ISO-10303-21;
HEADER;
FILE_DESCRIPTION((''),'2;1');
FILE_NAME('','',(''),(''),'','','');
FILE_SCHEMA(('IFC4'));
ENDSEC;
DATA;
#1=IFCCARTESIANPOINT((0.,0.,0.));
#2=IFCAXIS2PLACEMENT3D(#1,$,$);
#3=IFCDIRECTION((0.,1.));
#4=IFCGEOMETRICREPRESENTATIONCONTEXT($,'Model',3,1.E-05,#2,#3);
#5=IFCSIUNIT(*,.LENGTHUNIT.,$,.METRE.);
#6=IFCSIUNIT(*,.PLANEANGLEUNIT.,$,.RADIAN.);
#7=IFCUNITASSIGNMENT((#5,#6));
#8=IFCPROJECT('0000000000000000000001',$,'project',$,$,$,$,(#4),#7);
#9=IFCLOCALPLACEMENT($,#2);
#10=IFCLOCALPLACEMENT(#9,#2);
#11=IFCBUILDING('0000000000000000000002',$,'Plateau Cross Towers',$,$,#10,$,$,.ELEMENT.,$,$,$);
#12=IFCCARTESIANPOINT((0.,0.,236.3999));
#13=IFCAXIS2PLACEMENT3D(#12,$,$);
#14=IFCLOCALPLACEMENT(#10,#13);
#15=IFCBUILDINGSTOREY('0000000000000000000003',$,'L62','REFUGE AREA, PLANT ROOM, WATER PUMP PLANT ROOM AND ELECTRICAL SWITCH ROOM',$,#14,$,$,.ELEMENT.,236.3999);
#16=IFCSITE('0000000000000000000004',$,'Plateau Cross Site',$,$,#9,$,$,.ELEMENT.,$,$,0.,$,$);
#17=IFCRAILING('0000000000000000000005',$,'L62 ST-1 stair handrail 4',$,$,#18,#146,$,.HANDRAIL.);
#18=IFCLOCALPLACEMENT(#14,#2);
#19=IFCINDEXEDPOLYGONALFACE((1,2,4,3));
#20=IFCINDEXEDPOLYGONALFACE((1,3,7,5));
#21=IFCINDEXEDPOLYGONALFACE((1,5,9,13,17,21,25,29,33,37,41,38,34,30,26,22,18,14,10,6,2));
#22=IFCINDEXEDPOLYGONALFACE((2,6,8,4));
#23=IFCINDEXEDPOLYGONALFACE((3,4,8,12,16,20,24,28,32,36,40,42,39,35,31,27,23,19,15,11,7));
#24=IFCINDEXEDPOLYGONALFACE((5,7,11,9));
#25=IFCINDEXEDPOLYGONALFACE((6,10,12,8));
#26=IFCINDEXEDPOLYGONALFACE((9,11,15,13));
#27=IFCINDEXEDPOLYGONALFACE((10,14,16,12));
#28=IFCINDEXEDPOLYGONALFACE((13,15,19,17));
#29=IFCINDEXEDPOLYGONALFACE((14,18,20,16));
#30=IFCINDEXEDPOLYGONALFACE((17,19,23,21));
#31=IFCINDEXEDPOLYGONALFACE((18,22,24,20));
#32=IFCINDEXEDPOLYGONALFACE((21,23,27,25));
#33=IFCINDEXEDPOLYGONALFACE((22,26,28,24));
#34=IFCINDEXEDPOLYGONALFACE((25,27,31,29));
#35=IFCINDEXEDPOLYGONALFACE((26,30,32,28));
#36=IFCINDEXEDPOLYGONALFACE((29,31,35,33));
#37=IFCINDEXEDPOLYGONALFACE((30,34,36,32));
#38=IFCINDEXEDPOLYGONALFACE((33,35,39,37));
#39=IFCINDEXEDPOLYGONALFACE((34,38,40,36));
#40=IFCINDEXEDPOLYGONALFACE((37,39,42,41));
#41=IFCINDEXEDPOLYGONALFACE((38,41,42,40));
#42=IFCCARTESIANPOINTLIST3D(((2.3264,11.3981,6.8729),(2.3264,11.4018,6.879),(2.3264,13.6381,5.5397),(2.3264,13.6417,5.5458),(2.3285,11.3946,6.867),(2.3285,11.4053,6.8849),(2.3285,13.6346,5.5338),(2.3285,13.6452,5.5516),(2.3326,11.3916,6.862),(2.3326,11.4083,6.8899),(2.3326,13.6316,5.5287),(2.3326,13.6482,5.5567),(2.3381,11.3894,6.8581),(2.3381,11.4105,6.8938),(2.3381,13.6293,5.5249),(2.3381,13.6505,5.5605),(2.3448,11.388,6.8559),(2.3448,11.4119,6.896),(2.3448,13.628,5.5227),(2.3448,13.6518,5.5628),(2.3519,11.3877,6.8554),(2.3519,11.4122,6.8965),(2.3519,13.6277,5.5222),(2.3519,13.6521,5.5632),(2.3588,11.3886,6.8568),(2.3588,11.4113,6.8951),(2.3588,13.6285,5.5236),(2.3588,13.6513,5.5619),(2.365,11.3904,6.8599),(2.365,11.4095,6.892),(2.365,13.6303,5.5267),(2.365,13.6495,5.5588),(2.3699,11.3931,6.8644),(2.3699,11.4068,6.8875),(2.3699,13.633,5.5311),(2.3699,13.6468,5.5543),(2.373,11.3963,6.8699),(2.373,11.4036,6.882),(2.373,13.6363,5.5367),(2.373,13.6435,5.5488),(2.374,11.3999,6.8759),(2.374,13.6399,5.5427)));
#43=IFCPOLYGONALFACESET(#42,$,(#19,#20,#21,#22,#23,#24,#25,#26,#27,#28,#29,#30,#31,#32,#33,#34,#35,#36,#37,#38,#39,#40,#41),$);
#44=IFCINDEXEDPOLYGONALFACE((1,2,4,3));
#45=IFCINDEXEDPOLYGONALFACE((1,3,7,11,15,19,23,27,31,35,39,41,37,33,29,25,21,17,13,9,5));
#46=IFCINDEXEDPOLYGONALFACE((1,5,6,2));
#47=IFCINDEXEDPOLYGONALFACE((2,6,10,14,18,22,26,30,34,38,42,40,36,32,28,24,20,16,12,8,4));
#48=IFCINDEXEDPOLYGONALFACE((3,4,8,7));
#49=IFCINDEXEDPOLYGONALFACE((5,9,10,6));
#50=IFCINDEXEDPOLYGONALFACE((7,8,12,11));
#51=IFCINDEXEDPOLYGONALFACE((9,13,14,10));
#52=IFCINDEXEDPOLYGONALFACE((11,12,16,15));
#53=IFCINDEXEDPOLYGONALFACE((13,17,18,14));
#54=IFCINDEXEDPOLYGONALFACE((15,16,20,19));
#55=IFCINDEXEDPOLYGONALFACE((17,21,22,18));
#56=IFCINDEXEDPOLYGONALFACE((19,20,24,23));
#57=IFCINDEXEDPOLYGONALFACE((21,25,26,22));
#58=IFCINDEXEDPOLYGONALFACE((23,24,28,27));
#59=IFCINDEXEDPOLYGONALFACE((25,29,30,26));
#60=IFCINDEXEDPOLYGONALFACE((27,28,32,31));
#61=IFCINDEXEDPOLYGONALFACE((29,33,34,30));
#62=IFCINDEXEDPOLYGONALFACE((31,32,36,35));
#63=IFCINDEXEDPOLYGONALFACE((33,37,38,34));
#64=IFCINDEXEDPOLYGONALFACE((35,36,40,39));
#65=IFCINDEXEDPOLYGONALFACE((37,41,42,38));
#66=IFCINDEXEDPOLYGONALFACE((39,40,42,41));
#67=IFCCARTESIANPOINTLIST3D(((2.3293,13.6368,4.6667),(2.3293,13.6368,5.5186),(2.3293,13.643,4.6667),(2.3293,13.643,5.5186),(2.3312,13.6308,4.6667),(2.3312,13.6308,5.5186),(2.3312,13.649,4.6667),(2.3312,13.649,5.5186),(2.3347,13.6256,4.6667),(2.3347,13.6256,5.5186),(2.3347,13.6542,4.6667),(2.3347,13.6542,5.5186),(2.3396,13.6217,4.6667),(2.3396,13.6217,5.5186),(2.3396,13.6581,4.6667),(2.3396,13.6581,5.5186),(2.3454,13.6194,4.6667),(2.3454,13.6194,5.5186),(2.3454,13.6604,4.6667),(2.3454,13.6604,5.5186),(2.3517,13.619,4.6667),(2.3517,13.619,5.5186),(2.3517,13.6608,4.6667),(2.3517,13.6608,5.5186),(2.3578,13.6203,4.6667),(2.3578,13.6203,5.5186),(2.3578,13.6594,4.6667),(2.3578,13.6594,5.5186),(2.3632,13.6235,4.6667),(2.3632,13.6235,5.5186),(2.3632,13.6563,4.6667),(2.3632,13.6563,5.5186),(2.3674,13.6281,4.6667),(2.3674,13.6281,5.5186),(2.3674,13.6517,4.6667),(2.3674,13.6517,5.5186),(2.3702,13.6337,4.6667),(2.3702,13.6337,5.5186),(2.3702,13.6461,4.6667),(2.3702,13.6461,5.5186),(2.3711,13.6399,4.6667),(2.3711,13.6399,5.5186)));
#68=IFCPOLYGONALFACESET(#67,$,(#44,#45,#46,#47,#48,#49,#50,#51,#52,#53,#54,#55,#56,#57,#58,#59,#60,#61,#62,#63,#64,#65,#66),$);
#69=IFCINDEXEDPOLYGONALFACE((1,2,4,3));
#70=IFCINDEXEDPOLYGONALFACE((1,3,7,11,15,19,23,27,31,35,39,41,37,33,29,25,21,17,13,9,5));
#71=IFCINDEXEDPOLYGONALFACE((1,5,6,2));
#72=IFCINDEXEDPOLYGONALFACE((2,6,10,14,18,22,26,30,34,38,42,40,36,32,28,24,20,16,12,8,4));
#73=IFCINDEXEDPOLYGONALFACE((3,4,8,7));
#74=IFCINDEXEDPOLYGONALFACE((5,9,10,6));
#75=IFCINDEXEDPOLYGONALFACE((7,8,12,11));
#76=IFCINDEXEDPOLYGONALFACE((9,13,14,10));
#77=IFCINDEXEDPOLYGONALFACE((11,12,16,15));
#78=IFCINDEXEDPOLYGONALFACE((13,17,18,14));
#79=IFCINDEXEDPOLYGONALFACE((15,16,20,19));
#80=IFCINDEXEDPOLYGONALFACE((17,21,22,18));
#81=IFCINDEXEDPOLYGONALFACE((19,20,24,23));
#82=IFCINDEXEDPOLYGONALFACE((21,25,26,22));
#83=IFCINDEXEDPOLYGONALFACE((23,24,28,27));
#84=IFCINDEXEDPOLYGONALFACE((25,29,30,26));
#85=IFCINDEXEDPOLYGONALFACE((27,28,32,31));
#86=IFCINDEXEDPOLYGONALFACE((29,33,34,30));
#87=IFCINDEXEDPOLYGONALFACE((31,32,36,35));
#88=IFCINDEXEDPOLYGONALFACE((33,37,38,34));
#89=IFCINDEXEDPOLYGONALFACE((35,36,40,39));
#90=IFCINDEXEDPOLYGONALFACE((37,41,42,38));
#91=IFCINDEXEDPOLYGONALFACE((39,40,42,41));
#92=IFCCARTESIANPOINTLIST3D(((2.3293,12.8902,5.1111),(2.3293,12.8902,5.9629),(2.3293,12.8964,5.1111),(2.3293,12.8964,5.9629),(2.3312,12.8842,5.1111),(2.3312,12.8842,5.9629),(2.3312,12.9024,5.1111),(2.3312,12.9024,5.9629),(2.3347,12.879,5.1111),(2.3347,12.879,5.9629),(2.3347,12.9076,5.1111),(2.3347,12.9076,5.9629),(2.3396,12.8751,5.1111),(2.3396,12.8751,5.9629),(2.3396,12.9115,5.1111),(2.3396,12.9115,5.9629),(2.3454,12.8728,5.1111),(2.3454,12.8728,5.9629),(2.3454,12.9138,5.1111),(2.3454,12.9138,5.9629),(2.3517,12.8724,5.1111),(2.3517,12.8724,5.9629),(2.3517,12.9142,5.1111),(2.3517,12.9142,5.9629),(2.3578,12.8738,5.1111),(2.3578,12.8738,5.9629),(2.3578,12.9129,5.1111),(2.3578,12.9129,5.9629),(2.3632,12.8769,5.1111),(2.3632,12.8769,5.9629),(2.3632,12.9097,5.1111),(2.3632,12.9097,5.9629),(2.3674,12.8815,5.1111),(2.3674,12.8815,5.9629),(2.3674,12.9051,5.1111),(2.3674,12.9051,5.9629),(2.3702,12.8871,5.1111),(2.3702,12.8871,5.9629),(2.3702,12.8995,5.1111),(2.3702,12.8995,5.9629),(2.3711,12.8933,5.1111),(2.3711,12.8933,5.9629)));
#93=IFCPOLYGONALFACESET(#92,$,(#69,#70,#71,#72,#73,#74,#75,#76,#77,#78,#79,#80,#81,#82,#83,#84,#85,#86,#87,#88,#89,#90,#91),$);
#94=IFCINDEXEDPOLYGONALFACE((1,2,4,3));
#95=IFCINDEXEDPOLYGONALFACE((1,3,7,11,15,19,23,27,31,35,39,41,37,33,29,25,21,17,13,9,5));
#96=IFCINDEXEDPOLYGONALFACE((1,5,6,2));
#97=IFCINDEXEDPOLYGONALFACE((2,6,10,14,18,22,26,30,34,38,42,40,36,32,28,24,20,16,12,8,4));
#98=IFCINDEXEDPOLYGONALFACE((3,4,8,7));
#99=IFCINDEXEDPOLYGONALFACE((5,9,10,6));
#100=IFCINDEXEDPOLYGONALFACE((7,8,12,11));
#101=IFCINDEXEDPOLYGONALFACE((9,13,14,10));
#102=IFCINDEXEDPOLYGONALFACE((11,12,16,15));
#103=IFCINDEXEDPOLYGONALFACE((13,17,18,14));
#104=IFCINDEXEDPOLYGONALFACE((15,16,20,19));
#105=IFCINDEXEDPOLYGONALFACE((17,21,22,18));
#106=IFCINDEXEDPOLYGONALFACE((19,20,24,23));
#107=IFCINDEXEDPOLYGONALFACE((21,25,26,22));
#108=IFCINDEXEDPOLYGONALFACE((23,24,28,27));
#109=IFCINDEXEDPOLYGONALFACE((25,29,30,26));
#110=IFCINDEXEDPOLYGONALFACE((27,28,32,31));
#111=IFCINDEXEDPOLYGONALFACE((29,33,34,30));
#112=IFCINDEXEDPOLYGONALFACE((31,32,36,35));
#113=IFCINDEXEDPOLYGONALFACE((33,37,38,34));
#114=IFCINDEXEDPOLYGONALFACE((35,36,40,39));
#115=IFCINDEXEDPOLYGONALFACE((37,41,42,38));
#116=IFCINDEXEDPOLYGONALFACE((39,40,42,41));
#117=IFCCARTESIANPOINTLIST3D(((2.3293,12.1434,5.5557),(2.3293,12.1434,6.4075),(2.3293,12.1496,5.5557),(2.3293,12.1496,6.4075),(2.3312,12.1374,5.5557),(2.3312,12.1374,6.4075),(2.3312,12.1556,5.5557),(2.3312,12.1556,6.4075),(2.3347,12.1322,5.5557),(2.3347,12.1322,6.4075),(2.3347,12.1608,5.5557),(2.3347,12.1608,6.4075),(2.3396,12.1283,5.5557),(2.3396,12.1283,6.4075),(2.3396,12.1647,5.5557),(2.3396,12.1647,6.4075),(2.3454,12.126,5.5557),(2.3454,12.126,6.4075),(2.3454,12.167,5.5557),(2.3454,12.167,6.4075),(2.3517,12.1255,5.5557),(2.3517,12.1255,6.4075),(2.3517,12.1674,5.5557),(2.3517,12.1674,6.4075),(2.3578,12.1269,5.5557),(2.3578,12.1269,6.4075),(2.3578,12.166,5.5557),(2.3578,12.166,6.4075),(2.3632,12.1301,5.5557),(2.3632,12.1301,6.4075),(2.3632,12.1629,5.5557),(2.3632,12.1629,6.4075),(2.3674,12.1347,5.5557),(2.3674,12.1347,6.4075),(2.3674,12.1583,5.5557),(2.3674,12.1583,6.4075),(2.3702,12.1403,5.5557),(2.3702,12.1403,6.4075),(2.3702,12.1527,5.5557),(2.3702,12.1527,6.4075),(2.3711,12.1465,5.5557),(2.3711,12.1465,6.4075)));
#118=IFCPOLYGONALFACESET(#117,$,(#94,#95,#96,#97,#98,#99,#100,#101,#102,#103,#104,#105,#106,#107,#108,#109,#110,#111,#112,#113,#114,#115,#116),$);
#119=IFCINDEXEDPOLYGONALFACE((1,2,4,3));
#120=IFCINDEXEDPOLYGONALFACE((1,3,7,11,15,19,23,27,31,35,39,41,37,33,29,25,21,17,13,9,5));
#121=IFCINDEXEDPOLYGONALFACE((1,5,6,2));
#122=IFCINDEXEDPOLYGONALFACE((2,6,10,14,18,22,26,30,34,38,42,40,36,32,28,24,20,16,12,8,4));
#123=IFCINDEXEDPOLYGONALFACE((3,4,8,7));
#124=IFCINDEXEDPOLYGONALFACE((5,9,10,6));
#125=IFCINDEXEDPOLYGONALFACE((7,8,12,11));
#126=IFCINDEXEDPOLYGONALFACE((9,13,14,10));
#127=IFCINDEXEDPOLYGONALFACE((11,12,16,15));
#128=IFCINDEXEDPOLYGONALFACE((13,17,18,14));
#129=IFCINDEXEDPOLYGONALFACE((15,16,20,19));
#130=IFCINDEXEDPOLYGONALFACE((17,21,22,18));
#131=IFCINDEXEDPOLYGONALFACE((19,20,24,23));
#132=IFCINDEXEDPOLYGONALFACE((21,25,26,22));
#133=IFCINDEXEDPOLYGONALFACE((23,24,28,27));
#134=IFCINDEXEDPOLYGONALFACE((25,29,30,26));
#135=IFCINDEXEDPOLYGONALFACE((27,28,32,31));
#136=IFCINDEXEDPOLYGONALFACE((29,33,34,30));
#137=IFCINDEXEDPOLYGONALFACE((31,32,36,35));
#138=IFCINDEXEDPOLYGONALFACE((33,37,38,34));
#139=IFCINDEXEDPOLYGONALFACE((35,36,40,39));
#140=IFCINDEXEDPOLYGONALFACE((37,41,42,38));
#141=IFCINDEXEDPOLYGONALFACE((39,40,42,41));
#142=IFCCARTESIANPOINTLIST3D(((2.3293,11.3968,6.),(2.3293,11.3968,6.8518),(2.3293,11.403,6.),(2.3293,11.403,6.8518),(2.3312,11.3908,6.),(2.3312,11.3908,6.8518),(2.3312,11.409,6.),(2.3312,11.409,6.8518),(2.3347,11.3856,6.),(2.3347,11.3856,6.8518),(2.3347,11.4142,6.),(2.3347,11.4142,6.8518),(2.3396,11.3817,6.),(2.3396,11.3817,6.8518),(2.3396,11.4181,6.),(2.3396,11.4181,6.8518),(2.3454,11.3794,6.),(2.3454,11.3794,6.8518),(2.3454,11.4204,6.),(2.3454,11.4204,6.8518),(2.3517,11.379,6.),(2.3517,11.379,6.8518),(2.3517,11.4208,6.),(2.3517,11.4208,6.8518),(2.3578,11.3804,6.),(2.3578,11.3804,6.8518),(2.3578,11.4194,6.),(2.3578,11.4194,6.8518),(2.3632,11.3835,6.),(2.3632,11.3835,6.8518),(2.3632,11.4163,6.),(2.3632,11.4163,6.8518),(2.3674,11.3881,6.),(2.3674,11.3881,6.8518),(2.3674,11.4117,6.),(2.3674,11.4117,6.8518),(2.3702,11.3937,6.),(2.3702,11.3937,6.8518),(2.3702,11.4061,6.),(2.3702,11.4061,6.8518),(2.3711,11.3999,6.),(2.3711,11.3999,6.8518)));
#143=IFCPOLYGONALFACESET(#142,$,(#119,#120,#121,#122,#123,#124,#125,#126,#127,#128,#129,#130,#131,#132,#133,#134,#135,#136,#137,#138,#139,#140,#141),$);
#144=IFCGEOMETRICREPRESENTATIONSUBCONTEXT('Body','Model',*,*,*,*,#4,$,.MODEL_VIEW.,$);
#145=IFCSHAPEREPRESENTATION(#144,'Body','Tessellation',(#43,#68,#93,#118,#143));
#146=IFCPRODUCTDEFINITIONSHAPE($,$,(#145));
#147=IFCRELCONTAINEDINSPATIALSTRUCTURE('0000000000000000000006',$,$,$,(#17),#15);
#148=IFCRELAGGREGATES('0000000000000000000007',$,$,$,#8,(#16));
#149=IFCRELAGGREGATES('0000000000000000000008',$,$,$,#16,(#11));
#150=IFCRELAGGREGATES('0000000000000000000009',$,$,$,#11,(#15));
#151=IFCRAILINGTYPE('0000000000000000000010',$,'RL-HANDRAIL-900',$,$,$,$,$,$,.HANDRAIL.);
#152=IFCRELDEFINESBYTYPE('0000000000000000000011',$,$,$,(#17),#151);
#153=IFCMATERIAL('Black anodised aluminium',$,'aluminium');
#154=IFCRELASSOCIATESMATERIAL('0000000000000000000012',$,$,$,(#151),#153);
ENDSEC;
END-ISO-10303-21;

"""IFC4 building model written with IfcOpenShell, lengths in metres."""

from ifc_helpers import new_model, si_unit, direction, frame, origin, origin_2d, place, context, subcontext, project, spatial, circle, extrude, material, type_object, element, save


model = new_model("IFC4")

# Units and contexts
model_context = context("Model", 3, precision=1e-05, world=origin(), true_north=direction((0.0, 1.0)))
body_context = subcontext(model_context, "Body", "Model", "MODEL_VIEW")
ifc_project = project(units=[si_unit("LENGTHUNIT", "METRE"), si_unit("PLANEANGLEUNIT", "RADIAN")], contexts=[model_context])

# Site, building, storey
site_placement = place(None, origin())
site = spatial("IfcSite", under=ifc_project, at=site_placement, Name="Plateau Cross Site", CompositionType="ELEMENT", RefElevation=0.0)
building_placement = place(site_placement, origin())
building = spatial("IfcBuilding", under=site, at=building_placement, Name="Plateau Cross Towers", CompositionType="ELEMENT")
storey_placement = place(building_placement, frame((0.0, 0.0, 236.3999)))
storey = spatial("IfcBuildingStorey", under=building, at=storey_placement, Name="L62", Description="REFUGE AREA, PLANT ROOM, WATER PUMP PLANT ROOM AND ELECTRICAL SWITCH ROOM", CompositionType="ELEMENT", Elevation=236.3999)

# Shared definitions
ifc_material_1 = material(Name="Black anodised aluminium", Category="aluminium")

# Railing
railing_type_1 = type_object("IfcRailingType", Name="RL-HANDRAIL-900", PredefinedType="HANDRAIL", material=ifc_material_1)
for number, where, name in (
    (1, (2.3501, 13.6399, 4.6667), "L62 ST-1 stair handrail 4"),
):
    element("IfcRailing", number, at=place(storey_placement, frame(where)), inside=storey, type_object=railing_type_1, Name=name, PredefinedType="HANDRAIL", context=body_context, shape_type="SweptSolid", body=[
        extrude(circle(Radius=0.0239, at=origin_2d()), frame((0.0, 0.0, 0.876), z_axis=(0.0, -0.859306, 0.511462), x_axis=(1.0, 0.0, 0.0)), (0.0, 0.0, 1.0), 2.6067),
        extrude(circle(Radius=0.021, at=origin_2d()), origin(), (0.0, 0.0, 1.0), 0.8518),
        extrude(circle(Radius=0.021, at=origin_2d()), frame((0.0, -0.7466, 0.4443)), (0.0, 0.0, 1.0), 0.8518),
        extrude(circle(Radius=0.021, at=origin_2d()), frame((0.0, -1.4934, 0.8889)), (0.0, 0.0, 1.0), 0.8518),
        extrude(circle(Radius=0.021, at=origin_2d()), frame((0.0, -2.24, 1.3333)), (0.0, 0.0, 1.0), 0.8518),
    ])

save(model, "model.ifc")
